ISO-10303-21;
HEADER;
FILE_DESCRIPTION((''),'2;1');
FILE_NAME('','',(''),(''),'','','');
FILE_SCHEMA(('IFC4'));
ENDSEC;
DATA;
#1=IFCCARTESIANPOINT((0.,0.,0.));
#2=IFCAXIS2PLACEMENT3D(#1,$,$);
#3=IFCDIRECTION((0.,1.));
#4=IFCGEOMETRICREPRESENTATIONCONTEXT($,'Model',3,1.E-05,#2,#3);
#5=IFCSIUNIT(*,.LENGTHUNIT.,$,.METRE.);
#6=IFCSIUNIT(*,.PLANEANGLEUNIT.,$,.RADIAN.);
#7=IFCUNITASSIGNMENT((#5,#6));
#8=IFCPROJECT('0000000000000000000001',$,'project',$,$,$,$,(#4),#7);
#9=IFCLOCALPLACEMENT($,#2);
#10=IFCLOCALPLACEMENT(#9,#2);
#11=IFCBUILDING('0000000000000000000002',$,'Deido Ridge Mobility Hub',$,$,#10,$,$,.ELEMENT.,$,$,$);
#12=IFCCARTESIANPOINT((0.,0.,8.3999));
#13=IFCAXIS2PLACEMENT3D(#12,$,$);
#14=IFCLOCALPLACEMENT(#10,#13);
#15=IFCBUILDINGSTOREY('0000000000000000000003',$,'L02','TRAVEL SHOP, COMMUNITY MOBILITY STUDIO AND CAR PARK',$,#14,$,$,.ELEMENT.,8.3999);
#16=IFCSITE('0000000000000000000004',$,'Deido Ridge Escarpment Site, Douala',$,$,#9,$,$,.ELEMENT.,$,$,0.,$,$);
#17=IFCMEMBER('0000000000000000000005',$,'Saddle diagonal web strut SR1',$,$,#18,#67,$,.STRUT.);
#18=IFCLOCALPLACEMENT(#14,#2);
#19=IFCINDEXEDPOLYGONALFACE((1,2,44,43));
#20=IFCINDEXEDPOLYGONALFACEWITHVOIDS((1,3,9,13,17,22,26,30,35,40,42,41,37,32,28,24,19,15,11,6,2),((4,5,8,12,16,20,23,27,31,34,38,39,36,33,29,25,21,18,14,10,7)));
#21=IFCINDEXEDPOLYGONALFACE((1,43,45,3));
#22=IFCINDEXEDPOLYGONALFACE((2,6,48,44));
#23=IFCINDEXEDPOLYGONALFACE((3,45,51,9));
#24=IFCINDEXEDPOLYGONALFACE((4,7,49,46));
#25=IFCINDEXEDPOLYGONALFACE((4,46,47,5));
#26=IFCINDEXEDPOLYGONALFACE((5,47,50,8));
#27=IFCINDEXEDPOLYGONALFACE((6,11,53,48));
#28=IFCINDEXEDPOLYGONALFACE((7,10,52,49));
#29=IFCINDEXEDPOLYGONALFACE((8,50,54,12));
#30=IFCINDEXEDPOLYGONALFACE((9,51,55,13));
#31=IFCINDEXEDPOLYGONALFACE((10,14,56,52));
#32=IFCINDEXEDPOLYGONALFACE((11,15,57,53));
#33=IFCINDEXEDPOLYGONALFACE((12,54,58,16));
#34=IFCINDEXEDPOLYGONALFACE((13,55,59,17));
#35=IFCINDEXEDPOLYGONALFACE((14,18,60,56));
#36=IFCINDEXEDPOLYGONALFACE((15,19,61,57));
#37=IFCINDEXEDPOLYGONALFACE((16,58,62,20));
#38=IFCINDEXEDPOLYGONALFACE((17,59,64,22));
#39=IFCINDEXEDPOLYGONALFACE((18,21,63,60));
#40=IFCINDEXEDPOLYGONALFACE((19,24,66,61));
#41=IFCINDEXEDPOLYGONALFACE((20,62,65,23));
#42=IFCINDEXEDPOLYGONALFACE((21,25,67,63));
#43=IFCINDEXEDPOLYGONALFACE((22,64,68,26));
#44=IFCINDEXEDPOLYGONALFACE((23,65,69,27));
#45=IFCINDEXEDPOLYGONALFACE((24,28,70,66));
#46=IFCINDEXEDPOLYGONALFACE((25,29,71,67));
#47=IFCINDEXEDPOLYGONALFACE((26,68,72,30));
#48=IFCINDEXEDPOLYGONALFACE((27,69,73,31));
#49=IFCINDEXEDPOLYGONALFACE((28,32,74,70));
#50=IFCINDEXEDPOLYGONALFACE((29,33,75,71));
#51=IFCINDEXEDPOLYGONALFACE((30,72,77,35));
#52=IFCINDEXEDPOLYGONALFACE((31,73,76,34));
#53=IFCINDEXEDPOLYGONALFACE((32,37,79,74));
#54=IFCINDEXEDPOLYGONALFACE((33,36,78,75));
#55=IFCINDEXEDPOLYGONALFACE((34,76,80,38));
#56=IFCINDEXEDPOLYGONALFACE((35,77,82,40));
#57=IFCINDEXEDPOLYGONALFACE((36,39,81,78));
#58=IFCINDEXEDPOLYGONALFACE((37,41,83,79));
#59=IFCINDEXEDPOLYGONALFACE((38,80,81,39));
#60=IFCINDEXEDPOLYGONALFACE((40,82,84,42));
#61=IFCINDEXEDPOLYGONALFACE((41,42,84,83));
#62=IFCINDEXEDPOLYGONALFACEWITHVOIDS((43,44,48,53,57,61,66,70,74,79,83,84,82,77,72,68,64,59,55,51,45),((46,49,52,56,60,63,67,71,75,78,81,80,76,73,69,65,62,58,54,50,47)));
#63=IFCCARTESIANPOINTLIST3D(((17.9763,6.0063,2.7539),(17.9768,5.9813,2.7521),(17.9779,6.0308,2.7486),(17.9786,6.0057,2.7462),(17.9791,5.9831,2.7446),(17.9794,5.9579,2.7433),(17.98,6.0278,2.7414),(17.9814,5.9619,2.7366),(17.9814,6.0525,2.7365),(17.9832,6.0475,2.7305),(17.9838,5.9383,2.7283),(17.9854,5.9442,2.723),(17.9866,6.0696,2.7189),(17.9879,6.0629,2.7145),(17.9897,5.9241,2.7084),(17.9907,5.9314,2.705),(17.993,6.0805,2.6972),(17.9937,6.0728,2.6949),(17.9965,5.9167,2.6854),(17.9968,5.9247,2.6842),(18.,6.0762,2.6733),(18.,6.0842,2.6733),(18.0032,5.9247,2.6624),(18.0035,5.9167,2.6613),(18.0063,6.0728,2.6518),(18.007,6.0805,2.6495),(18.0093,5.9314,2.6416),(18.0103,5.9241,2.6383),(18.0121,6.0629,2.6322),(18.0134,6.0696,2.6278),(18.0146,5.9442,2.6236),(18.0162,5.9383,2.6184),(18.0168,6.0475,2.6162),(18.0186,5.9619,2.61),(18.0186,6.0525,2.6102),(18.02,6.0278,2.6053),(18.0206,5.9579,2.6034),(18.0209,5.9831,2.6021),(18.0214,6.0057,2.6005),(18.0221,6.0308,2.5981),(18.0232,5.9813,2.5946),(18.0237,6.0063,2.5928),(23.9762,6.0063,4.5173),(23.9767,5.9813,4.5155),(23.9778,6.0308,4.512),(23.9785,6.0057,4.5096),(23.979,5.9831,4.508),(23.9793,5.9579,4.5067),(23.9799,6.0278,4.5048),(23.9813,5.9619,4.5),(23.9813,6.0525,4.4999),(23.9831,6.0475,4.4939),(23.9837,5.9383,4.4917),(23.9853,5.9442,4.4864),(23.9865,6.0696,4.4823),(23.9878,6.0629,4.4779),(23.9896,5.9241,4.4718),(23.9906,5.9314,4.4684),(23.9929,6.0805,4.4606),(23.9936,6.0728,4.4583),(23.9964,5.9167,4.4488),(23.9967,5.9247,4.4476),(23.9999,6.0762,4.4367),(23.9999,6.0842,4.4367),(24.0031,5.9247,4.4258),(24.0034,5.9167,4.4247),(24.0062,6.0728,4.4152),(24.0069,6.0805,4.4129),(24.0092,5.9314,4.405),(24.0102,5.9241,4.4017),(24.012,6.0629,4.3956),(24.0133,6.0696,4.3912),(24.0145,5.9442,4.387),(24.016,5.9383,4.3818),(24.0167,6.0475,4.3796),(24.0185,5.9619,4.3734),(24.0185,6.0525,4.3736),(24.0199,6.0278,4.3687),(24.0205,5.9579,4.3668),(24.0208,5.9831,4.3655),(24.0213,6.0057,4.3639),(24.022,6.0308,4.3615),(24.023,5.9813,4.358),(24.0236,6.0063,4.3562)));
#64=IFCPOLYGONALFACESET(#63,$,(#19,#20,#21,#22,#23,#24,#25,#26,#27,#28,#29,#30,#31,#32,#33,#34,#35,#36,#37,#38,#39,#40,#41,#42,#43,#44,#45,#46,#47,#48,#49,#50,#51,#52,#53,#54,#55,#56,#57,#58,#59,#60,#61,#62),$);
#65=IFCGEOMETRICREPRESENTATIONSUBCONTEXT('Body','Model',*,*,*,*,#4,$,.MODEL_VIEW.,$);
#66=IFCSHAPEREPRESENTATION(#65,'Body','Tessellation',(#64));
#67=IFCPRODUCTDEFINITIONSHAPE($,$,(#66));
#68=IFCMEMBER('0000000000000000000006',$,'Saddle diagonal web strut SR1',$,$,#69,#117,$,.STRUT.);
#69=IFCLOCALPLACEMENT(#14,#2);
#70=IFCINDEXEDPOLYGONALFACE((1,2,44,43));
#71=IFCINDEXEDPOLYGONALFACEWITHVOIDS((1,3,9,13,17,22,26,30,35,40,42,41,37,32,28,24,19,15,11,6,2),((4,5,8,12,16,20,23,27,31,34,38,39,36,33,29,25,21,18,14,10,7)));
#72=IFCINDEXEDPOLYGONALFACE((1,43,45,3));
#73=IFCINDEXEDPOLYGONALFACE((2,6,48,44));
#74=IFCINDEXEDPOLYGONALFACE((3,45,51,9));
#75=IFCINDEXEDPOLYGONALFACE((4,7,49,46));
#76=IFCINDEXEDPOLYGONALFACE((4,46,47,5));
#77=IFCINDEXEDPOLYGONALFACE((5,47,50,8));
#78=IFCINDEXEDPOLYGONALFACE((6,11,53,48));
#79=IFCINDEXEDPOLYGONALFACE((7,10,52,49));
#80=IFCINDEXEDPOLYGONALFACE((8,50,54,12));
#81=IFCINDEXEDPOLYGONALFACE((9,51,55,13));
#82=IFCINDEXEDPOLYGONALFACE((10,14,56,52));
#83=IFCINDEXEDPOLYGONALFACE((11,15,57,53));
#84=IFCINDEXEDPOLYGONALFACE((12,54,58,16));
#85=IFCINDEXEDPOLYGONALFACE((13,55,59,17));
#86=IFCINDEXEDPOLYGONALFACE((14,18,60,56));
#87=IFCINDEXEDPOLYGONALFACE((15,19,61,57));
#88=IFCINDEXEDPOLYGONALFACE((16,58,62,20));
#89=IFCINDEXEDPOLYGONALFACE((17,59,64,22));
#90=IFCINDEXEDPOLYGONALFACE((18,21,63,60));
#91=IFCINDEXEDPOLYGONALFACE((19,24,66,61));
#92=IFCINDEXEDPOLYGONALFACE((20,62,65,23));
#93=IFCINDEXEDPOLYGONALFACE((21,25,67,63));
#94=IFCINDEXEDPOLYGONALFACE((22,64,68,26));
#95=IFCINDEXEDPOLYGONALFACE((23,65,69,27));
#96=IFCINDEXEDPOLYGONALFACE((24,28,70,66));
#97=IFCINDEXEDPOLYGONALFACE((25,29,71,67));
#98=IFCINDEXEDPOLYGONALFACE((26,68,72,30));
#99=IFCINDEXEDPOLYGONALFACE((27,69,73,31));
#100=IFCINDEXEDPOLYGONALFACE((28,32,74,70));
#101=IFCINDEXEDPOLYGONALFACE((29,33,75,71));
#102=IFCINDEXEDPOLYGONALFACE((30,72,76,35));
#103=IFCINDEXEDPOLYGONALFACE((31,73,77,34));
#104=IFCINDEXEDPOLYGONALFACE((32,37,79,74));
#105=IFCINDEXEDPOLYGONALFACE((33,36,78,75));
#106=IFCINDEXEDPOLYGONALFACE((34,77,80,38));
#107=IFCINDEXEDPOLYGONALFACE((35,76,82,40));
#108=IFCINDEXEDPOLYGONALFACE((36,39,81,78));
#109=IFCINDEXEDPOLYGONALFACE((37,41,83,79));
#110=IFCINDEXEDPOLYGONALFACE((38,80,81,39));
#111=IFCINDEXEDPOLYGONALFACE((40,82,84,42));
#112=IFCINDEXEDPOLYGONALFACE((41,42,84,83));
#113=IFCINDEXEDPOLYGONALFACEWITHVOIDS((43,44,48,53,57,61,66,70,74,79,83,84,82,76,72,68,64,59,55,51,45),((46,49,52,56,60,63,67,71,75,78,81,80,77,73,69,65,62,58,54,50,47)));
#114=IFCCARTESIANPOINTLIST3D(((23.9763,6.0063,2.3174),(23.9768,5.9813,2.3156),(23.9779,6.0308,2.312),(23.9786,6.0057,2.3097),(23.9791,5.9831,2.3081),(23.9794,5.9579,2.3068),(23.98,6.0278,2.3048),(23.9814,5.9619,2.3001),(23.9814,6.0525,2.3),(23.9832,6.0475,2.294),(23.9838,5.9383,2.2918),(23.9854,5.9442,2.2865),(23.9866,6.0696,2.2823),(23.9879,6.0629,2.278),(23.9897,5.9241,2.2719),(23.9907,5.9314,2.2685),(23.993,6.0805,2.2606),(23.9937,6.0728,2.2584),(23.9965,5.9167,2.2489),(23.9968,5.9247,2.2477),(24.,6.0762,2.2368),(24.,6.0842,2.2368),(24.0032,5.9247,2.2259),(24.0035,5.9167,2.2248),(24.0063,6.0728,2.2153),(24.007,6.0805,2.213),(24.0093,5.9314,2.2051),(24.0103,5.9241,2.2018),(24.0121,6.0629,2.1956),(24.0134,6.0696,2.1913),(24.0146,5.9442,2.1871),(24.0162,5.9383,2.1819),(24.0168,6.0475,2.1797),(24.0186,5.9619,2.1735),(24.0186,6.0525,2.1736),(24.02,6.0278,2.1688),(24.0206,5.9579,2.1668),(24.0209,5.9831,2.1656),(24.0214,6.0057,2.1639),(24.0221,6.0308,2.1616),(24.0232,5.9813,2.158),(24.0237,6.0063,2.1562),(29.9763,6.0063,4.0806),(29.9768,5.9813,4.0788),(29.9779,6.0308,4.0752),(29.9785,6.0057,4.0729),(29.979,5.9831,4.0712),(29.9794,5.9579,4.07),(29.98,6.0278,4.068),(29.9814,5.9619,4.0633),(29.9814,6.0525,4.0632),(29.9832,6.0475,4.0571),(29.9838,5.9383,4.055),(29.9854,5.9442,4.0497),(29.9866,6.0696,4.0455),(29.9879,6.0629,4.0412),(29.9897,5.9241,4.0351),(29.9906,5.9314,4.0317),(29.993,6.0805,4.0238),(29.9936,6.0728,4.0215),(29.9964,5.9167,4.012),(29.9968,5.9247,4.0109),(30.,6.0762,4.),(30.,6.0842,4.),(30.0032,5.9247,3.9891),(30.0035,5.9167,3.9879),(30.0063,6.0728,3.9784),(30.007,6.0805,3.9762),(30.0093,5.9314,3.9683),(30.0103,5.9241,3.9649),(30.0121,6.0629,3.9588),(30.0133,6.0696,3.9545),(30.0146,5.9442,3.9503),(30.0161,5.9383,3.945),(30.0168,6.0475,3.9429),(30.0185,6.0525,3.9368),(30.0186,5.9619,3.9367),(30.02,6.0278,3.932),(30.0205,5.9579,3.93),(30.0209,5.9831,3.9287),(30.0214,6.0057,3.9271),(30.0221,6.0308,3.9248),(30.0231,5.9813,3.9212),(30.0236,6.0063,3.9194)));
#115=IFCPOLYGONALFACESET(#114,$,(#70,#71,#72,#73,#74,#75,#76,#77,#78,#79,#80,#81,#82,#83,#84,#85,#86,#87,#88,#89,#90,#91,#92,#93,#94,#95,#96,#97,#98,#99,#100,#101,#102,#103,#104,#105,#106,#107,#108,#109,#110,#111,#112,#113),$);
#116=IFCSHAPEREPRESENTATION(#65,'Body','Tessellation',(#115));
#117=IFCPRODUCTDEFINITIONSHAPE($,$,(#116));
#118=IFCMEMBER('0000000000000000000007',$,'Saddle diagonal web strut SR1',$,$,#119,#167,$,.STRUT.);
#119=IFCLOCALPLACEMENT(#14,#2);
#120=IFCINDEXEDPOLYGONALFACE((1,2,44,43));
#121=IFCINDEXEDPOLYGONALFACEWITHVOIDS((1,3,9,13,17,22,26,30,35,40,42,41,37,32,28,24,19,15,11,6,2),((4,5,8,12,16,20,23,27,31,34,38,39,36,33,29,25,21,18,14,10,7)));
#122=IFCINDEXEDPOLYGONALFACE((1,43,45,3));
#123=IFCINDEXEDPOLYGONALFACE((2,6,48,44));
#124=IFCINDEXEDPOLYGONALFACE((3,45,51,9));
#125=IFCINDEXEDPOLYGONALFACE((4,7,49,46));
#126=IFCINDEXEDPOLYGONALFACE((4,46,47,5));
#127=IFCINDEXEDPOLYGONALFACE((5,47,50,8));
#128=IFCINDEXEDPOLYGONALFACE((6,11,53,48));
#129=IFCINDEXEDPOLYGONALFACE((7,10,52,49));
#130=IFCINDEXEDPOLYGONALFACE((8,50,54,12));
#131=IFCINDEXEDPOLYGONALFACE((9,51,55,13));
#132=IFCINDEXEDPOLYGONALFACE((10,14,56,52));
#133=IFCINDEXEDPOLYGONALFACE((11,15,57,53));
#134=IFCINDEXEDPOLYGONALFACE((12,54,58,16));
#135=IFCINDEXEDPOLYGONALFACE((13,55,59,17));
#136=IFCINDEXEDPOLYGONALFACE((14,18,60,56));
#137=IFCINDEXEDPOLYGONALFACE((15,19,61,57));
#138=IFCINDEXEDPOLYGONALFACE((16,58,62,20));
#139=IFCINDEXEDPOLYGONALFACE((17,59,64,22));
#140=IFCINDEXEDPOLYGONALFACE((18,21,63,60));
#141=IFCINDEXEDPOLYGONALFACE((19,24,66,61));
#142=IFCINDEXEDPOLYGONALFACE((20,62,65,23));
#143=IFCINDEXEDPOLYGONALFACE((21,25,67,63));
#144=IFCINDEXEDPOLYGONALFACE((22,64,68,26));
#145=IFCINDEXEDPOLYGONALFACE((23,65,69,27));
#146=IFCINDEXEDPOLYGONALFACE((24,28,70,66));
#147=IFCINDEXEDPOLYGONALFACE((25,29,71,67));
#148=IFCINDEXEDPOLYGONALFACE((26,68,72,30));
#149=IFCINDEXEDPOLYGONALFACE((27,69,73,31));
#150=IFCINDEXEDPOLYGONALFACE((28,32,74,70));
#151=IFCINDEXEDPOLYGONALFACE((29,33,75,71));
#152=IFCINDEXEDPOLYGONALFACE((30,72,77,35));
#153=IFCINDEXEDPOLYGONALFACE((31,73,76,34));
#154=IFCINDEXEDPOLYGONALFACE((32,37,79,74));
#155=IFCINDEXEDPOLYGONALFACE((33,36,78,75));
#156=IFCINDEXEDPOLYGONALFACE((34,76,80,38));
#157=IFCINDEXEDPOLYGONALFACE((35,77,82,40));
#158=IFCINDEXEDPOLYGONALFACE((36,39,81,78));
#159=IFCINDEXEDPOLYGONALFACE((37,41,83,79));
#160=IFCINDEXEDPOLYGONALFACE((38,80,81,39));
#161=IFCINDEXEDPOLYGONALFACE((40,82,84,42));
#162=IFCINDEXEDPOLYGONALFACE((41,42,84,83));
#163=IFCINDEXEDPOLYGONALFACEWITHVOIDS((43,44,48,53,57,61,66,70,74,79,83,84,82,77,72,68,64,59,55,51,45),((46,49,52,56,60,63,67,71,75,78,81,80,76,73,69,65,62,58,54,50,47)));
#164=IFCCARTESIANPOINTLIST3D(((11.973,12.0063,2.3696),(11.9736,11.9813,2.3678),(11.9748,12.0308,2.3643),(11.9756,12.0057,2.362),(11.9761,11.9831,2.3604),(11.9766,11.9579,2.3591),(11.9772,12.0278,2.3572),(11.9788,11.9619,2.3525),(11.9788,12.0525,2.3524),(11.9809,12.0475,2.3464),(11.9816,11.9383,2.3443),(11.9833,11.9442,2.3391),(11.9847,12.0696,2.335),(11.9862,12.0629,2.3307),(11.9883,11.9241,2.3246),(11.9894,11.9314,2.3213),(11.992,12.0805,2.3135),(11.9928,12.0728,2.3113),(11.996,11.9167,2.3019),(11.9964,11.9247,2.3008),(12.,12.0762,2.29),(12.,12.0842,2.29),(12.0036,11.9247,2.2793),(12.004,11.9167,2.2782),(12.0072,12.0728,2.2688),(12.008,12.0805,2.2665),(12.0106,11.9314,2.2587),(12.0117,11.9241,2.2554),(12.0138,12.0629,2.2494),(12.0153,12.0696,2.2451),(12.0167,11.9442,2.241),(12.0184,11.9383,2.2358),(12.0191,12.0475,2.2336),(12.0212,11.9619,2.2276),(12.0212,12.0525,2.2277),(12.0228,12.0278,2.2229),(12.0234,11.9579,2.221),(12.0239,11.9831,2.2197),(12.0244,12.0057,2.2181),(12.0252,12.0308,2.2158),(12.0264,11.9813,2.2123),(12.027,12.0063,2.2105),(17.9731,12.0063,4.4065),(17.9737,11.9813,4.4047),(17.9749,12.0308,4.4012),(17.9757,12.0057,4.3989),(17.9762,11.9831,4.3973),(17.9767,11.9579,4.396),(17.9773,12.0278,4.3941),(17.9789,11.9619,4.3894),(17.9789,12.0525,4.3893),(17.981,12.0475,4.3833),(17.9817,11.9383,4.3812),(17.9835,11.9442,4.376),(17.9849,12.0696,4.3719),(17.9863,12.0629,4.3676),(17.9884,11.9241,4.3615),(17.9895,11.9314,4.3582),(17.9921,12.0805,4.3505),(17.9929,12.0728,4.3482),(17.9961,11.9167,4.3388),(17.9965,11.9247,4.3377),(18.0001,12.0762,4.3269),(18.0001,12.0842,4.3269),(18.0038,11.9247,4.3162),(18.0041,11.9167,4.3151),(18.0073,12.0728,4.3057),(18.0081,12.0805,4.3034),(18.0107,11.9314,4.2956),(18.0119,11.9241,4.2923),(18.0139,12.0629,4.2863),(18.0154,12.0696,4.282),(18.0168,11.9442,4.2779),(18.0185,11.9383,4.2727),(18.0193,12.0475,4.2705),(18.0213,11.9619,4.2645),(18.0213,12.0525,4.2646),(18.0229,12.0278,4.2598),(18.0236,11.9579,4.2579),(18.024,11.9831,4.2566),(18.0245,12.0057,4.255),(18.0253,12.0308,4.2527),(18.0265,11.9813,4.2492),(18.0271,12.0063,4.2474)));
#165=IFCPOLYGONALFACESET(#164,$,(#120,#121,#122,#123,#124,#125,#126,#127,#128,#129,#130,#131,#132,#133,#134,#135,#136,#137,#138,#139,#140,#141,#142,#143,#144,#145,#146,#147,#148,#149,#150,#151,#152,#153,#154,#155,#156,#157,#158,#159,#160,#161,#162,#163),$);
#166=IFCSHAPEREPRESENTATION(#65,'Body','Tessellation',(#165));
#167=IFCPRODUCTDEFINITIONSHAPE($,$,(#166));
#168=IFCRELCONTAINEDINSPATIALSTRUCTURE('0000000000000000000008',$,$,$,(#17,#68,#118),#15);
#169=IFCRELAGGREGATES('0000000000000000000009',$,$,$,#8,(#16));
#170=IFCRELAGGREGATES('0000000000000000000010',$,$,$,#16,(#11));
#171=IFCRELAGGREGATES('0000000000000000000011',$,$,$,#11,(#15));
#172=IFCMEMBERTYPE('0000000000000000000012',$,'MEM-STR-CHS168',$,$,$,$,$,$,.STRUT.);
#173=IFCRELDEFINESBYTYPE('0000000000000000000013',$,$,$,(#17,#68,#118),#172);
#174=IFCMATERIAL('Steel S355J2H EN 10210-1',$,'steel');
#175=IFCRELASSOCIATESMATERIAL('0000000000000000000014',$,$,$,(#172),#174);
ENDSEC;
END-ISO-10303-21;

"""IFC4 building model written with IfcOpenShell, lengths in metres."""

from ifc_helpers import new_model, si_unit, direction, frame, origin, origin_2d, place, context, subcontext, project, spatial, hollow_circle, extrude, material, material_profile, profile_set, type_object, element, save


model = new_model("IFC4")

# Units and contexts
model_context = context("Model", 3, precision=1e-05, world=origin(), true_north=direction((0.0, 1.0)))
body_context = subcontext(model_context, "Body", "Model", "MODEL_VIEW")
ifc_project = project(units=[si_unit("LENGTHUNIT", "METRE"), si_unit("PLANEANGLEUNIT", "RADIAN")], contexts=[model_context])

# Site, building, storey
site_placement = place(None, origin())
site = spatial("IfcSite", under=ifc_project, at=site_placement, Name="Deido Ridge Escarpment Site, Douala", CompositionType="ELEMENT", RefElevation=0.0)
building_placement = place(site_placement, origin())
building = spatial("IfcBuilding", under=site, at=building_placement, Name="Deido Ridge Mobility Hub", CompositionType="ELEMENT")
storey_placement = place(building_placement, frame((0.0, 0.0, 8.3999)))
storey = spatial("IfcBuildingStorey", under=building, at=storey_placement, Name="L02", Description="TRAVEL SHOP, COMMUNITY MOBILITY STUDIO AND CAR PARK", CompositionType="ELEMENT", Elevation=8.3999)

# Members
ifc_material_1 = material(Name="Steel S355J2H EN 10210-1", Category="steel")
ifc_material_profile_1 = material_profile(ifc_material_1, hollow_circle(Radius=0.0842, WallThickness=0.0081, at=origin_2d()), Name="CHS 168.3x8")
ifc_profile_set_1 = profile_set([ifc_material_profile_1], Name="Steel S355J2H EN 10210-1")
member_type_1 = type_object("IfcMemberType", Name="MEM-STR-CHS168", PredefinedType="STRUT", material=ifc_profile_set_1)
for number, where, z_axis, x_axis, name in (
    (1, (18.0, 6.0, 2.6733), (0.959421, 0.0, 0.281978), (0.0, 1.0, 0.0), "Saddle diagonal web strut SR1"),
    (2, (24.0, 6.0, 2.2368), (0.959431, 0.0, 0.281942), (0.0, 1.0, 0.0), "Saddle diagonal web strut SR1"),
):
    element("IfcMember", number, at=place(storey_placement, frame(where, z_axis=z_axis, x_axis=x_axis)), inside=storey, type_object=member_type_1, Name=name, PredefinedType="STRUT", context=body_context, shape_type="SweptSolid", body=[
        extrude(hollow_circle(Radius=0.0842, WallThickness=0.0081, at=origin_2d()), origin(), (0.0, 0.0, 1.0), 6.2537),
    ])
member_1_placement = place(storey_placement, frame((12.0, 12.0, 2.29), z_axis=(0.946923, 0.0, 0.321459), x_axis=(0.0, 1.0, 0.0)))
element("IfcMember", 3, at=member_1_placement, inside=storey, type_object=member_type_1, Name="Saddle diagonal web strut SR1", PredefinedType="STRUT", context=body_context, shape_type="SweptSolid", body=[
    extrude(hollow_circle(Radius=0.0842, WallThickness=0.0081, at=origin_2d()), origin(), (0.0, 0.0, 1.0), 6.3364),
])

save(model, "model.ifc")
